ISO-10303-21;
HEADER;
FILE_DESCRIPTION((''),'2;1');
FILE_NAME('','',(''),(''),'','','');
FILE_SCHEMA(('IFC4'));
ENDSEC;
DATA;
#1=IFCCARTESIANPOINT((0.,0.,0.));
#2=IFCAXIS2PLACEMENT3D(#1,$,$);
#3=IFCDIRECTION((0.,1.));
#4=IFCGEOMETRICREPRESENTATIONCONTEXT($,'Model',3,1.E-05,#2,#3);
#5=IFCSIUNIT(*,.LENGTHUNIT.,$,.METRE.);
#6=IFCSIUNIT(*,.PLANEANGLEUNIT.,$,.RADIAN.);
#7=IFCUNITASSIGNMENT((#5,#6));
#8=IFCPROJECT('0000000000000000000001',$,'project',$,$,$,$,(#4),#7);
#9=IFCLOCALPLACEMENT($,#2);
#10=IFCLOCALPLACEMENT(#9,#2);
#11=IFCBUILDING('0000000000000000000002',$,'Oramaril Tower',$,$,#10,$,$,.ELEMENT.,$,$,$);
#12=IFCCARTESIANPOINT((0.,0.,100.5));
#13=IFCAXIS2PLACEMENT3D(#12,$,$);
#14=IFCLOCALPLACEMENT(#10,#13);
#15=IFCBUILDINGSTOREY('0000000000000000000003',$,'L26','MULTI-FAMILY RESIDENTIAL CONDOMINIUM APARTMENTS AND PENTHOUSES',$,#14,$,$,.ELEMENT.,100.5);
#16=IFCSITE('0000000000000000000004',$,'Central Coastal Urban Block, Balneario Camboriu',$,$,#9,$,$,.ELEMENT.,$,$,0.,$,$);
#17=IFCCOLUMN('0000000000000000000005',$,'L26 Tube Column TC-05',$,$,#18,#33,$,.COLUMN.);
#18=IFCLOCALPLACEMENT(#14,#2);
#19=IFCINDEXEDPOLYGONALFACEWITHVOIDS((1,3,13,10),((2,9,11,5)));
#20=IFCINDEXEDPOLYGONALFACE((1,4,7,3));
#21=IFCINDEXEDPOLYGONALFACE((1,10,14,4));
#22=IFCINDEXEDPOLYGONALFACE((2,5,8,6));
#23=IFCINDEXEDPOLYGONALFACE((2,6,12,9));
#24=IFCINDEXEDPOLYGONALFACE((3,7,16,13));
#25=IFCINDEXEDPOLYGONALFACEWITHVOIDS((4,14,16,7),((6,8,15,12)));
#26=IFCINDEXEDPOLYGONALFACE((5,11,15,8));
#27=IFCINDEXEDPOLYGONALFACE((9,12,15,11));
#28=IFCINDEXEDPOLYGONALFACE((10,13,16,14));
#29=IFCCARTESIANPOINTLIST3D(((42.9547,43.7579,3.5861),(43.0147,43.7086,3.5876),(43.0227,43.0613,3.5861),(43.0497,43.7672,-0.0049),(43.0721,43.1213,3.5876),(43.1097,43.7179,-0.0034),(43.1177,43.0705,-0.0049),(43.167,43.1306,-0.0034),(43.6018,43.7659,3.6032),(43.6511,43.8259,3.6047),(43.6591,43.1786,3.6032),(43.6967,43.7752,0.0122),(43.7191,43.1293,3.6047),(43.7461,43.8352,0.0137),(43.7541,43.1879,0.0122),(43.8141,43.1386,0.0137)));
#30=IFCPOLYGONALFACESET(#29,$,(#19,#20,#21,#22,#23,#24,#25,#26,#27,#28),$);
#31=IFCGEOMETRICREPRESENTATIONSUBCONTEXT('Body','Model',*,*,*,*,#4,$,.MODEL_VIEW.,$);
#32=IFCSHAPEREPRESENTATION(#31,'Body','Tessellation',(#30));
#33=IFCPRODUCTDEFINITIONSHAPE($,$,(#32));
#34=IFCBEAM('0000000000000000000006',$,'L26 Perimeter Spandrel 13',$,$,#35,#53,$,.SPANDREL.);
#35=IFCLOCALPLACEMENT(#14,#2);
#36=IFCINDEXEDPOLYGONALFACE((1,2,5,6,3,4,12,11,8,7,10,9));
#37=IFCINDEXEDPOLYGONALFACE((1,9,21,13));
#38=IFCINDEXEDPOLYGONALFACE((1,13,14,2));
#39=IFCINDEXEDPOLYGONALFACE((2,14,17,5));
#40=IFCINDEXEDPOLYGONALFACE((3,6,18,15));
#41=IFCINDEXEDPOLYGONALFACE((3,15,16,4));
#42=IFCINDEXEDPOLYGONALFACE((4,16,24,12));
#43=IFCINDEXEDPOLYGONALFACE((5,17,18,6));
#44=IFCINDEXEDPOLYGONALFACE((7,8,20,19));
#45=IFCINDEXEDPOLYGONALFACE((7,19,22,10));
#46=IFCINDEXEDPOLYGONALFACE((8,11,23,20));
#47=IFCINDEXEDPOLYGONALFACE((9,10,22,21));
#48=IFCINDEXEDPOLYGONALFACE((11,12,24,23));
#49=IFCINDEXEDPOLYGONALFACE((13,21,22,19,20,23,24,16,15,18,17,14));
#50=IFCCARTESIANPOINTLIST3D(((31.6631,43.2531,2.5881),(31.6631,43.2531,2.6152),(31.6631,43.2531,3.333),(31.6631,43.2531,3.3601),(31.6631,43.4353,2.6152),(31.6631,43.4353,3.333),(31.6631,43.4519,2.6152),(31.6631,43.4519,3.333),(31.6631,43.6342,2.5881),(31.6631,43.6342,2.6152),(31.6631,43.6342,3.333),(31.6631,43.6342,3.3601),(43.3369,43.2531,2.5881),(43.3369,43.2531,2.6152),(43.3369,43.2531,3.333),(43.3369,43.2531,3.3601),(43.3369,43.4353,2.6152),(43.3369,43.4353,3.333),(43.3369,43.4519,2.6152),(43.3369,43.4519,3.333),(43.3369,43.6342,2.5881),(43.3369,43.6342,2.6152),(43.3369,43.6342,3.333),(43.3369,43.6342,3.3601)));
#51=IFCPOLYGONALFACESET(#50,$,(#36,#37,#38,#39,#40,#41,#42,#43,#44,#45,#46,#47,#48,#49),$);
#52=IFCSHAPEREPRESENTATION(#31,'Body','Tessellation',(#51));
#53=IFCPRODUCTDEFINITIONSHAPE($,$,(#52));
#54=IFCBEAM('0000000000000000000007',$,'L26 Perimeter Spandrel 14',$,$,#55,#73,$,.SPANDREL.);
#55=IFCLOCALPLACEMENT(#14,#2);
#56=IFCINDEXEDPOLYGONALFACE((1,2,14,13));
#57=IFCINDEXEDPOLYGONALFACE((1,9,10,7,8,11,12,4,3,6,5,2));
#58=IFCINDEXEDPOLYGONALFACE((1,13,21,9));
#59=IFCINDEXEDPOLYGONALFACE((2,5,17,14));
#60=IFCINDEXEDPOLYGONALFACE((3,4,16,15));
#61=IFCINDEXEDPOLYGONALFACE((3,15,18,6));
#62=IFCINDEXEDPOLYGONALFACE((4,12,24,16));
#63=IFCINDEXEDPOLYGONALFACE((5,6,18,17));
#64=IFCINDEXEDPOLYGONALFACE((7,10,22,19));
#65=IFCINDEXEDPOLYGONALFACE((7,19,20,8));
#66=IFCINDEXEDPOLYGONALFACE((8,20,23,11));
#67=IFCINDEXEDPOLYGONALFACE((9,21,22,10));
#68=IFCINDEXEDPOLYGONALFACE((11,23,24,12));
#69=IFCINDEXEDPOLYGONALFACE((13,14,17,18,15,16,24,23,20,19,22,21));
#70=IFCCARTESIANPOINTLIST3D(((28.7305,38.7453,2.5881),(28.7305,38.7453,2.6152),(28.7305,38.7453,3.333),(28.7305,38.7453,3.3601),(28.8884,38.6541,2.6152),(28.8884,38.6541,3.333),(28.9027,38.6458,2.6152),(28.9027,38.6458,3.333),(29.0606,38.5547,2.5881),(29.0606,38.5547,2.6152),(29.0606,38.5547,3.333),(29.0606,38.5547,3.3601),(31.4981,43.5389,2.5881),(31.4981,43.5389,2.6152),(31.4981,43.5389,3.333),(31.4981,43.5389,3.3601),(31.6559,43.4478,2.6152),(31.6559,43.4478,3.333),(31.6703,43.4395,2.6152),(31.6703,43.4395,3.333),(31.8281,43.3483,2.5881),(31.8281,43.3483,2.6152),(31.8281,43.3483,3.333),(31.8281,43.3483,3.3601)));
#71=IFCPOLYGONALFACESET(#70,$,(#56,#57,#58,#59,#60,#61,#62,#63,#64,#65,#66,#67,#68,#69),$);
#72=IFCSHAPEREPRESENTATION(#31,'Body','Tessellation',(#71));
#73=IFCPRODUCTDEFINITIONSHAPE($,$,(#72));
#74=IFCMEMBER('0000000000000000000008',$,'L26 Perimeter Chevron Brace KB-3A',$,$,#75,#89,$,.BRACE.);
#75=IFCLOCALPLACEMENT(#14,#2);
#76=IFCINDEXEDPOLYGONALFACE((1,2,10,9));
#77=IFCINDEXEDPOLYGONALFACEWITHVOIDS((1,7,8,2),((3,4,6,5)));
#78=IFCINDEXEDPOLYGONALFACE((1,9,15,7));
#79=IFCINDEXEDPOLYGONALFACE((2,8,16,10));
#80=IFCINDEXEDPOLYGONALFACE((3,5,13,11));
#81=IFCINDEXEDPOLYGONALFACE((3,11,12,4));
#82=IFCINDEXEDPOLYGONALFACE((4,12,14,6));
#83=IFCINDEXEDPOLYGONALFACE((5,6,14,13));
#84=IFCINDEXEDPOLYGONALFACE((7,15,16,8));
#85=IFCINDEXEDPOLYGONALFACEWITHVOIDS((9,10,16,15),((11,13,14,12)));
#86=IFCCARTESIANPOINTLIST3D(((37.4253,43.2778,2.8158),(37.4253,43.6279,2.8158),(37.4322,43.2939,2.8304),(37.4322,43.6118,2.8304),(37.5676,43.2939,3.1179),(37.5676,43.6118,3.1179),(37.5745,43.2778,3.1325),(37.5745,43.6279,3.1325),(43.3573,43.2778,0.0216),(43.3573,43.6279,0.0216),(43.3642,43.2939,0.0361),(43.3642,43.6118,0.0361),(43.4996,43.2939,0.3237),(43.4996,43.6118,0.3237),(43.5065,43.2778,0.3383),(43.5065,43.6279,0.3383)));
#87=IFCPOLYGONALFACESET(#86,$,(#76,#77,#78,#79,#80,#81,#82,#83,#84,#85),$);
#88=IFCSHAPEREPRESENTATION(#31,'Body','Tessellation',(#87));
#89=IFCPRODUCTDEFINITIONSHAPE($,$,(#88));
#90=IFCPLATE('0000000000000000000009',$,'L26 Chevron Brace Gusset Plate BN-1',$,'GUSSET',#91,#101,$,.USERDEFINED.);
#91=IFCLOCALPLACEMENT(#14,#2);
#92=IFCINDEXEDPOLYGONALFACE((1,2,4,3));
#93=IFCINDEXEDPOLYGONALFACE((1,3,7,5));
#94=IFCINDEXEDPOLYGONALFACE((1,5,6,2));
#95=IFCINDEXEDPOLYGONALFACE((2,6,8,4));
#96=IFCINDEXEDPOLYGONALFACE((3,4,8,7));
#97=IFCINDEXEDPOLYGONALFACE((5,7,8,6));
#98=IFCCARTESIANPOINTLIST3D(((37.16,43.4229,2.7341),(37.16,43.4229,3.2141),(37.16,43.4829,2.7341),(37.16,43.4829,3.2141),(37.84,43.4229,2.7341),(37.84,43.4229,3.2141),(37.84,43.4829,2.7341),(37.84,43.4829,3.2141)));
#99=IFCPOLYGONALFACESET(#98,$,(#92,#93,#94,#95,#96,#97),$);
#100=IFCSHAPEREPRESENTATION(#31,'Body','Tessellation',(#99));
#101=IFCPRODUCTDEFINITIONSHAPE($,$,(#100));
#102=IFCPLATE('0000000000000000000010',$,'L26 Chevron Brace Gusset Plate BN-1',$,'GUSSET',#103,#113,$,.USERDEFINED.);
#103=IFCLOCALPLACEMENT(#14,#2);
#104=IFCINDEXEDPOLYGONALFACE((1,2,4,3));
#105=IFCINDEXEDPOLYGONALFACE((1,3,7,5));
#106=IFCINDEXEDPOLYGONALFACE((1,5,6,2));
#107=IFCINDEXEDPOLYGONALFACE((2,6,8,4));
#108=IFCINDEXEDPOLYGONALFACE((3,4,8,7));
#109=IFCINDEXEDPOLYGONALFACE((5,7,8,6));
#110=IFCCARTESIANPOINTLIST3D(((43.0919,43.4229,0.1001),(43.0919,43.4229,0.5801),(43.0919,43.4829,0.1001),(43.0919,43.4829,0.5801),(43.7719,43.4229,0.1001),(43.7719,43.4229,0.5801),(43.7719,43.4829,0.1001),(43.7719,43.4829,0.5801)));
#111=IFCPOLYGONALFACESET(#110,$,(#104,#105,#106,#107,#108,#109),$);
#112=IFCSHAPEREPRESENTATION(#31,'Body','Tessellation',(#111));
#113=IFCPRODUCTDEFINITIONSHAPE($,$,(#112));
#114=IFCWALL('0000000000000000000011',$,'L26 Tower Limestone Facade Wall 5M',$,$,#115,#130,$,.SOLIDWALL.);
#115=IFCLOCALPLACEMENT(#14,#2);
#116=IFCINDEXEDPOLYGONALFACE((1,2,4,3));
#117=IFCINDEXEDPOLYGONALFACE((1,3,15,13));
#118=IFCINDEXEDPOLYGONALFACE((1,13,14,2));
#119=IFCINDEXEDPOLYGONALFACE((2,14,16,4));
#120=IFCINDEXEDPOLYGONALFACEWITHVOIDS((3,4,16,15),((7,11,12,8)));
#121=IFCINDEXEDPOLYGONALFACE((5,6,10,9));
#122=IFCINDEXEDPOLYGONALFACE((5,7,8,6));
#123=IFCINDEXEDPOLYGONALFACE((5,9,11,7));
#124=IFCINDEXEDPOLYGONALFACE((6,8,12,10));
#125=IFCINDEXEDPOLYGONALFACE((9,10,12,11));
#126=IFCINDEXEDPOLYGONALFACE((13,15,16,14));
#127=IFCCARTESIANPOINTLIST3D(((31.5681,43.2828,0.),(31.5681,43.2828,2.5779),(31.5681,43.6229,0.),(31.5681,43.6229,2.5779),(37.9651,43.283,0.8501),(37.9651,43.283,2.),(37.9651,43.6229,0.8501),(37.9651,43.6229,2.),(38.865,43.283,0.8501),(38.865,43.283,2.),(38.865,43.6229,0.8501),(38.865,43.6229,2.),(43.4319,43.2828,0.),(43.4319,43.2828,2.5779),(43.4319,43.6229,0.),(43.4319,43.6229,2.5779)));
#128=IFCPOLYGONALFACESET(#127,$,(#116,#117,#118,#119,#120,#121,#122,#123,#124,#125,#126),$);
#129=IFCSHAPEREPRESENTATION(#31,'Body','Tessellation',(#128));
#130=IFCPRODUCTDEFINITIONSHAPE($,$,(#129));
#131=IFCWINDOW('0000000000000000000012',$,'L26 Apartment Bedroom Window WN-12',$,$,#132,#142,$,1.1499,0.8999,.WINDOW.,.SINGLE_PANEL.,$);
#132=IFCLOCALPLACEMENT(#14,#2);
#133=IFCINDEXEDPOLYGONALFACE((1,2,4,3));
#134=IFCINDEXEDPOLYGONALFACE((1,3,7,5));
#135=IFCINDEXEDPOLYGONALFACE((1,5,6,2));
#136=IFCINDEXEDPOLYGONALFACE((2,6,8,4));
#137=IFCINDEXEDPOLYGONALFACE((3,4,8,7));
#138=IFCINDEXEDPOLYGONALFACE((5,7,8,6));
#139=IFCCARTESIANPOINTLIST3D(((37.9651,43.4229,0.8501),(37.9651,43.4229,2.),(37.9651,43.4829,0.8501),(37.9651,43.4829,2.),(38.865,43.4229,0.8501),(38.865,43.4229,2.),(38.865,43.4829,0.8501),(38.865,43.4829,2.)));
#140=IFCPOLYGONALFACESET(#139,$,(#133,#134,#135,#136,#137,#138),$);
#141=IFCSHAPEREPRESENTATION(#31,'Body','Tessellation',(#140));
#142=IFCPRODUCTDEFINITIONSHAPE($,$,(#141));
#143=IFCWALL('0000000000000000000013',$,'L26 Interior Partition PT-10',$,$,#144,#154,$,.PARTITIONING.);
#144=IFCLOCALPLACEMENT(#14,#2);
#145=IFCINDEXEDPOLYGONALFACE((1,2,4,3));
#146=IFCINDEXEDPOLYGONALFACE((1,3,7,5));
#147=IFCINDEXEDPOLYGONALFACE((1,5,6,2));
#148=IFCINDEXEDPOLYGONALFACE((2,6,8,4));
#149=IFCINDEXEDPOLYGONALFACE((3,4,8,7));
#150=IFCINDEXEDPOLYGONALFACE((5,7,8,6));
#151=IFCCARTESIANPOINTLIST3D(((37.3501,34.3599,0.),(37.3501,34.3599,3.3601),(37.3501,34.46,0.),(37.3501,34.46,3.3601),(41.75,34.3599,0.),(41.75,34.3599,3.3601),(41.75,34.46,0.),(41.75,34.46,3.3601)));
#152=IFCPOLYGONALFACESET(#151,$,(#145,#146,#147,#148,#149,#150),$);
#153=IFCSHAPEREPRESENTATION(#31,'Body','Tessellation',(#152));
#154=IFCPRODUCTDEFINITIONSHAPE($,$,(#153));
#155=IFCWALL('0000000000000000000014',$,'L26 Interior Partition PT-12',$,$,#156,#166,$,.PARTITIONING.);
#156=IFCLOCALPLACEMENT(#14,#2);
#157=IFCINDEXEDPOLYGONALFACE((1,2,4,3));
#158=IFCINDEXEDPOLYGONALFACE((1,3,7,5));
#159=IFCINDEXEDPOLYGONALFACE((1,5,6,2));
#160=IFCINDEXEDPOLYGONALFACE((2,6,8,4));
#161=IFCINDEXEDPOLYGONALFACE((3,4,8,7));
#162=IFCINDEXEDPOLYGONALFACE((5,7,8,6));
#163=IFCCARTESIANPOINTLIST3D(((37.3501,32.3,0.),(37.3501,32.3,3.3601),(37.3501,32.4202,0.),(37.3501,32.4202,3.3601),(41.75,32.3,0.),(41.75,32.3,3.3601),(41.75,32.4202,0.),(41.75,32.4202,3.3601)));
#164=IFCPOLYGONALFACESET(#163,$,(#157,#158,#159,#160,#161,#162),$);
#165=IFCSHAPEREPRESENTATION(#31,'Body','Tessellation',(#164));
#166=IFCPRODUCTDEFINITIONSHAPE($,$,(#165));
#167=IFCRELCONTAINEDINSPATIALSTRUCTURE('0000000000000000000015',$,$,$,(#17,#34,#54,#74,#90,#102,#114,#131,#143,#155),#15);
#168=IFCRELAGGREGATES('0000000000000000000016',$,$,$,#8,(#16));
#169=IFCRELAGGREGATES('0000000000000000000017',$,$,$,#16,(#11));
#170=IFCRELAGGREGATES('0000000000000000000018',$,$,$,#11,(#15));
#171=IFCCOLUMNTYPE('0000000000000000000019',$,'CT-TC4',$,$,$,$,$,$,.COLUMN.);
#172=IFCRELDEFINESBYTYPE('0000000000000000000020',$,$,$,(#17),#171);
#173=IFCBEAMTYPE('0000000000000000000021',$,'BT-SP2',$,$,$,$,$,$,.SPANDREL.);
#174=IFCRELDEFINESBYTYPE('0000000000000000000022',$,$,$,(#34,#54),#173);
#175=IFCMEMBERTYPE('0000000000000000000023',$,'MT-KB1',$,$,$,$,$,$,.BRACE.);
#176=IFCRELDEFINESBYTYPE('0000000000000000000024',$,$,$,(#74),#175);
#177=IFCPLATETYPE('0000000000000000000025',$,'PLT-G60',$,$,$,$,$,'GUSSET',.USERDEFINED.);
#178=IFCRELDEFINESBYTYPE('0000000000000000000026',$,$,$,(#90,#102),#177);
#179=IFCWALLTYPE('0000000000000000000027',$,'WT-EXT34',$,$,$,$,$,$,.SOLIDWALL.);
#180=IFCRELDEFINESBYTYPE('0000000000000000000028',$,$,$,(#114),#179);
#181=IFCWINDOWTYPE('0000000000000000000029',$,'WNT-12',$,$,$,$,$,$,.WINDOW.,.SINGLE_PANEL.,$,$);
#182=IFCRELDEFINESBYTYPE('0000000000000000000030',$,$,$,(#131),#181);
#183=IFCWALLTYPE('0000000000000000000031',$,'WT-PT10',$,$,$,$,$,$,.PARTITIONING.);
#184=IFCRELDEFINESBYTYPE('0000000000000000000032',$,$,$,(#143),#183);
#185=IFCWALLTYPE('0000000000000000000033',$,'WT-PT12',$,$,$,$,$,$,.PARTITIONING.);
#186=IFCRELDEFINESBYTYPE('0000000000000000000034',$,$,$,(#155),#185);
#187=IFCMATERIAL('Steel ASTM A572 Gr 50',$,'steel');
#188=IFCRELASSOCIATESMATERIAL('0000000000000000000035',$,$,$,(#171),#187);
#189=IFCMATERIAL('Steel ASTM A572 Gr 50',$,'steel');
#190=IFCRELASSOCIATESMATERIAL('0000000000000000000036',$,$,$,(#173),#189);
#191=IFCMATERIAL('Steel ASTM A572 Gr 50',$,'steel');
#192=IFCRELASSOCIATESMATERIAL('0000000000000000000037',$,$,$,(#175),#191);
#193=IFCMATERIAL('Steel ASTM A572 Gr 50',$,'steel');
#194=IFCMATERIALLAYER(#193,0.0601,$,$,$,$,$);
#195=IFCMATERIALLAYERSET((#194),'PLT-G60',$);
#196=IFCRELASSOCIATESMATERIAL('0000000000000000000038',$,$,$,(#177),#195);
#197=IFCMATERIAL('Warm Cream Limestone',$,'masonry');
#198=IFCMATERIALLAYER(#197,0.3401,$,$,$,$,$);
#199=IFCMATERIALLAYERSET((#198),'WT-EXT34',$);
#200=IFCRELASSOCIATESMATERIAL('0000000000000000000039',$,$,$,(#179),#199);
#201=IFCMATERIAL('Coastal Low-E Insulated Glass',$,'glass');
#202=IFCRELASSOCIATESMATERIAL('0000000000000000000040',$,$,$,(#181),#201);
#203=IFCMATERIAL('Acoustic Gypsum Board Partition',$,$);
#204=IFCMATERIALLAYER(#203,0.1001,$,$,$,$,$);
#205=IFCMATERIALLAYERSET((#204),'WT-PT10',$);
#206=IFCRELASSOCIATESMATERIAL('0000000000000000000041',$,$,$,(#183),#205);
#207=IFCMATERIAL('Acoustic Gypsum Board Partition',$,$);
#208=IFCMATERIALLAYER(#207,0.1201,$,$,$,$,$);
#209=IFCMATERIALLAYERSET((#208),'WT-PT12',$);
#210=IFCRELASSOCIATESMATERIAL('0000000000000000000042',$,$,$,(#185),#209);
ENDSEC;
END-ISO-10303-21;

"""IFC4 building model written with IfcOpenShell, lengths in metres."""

from ifc_helpers import new_model, si_unit, direction, frame, frame_2d, origin, origin_2d, place, context, subcontext, project, spatial, rectangle, hollow_rectangle, i_section, extrude, material, layer, layer_set, material_profile, profile_set, type_object, element, fill, save


model = new_model("IFC4")

# Units and contexts
model_context = context("Model", 3, precision=1e-05, world=origin(), true_north=direction((0.0, 1.0)))
body_context = subcontext(model_context, "Body", "Model", "MODEL_VIEW")
ifc_project = project(units=[si_unit("LENGTHUNIT", "METRE"), si_unit("PLANEANGLEUNIT", "RADIAN")], contexts=[model_context])

# Site, building, storey
site_placement = place(None, origin())
site = spatial("IfcSite", under=ifc_project, at=site_placement, Name="Central Coastal Urban Block, Balneario Camboriu", CompositionType="ELEMENT", RefElevation=0.0)
building_placement = place(site_placement, origin())
building = spatial("IfcBuilding", under=site, at=building_placement, Name="Oramaril Tower", CompositionType="ELEMENT")
storey_placement = place(building_placement, frame((0.0, 0.0, 100.5)))
storey = spatial("IfcBuildingStorey", under=building, at=storey_placement, Name="L26", Description="MULTI-FAMILY RESIDENTIAL CONDOMINIUM APARTMENTS AND PENTHOUSES", CompositionType="ELEMENT", Elevation=100.5)

# Column
ifc_material_1 = material(Name="Steel ASTM A572 Gr 50", Category="steel")
ifc_material_profile_1 = material_profile(ifc_material_1, hollow_rectangle(XDim=0.7, YDim=0.7, WallThickness=0.0549, at=origin_2d()), Name="BOX700X700X55")
ifc_profile_set_1 = profile_set([ifc_material_profile_1], Name="Steel ASTM A572 Gr 50")
column_type = type_object("IfcColumnType", Name="CT-TC4", PredefinedType="COLUMN", material=ifc_profile_set_1)
column_placement = place(storey_placement, frame((43.4319, 43.4529, 0.0044), z_axis=(-0.026437, -0.002583, 0.999647), x_axis=(0.097224, -0.995263, 0.0)))
element("IfcColumn", 1, at=column_placement, inside=storey, type_object=column_type, Name="L26 Tube Column TC-05", PredefinedType="COLUMN", context=body_context, shape_type="SweptSolid", body=[
    extrude(hollow_rectangle(XDim=0.7, YDim=0.7, WallThickness=0.0549, at=origin_2d()), origin(), (0.0, 0.0, 1.0), 3.5923),
])

# Beams
ifc_material_2 = material(Name="Steel ASTM A572 Gr 50", Category="steel")
ifc_material_profile_2 = material_profile(ifc_material_2, i_section(OverallWidth=0.3811, OverallDepth=0.772, WebThickness=0.0166, FlangeThickness=0.0271, at=origin_2d()), Name="W30X173")
ifc_profile_set_2 = profile_set([ifc_material_profile_2], Name="Steel ASTM A572 Gr 50")
beam_type = type_object("IfcBeamType", Name="BT-SP2", PredefinedType="SPANDREL", material=ifc_profile_set_2)
beam_1_placement = place(storey_placement, frame((43.3369, 43.4436, 2.9741), z_axis=(-1.0, 0.0, 0.0), x_axis=(0.0, -1.0, 0.0)))
element("IfcBeam", 2, at=beam_1_placement, inside=storey, type_object=beam_type, Name="L26 Perimeter Spandrel 13", PredefinedType="SPANDREL", context=body_context, shape_type="SweptSolid", body=[
    extrude(i_section(OverallWidth=0.3811, OverallDepth=0.772, WebThickness=0.0166, FlangeThickness=0.0271, at=origin_2d()), origin(), (0.0, 0.0, 1.0), 11.6738),
])
beam_2_placement = place(storey_placement, frame((31.6631, 43.4436, 2.9741), z_axis=(-0.499991, -0.866031, 0.0), x_axis=(0.866031, -0.499991, 0.0)))
element("IfcBeam", 3, at=beam_2_placement, inside=storey, type_object=beam_type, Name="L26 Perimeter Spandrel 14", PredefinedType="SPANDREL", context=body_context, shape_type="SweptSolid", body=[
    extrude(i_section(OverallWidth=0.3811, OverallDepth=0.772, WebThickness=0.0166, FlangeThickness=0.0271, at=origin_2d()), origin(), (0.0, 0.0, 1.0), 5.5352),
])

# Member
ifc_material_3 = material(Name="Steel ASTM A572 Gr 50", Category="steel")
ifc_material_profile_3 = material_profile(ifc_material_3, hollow_rectangle(XDim=0.3501, YDim=0.3501, WallThickness=0.0161, at=origin_2d()), Name="HSS350X350X16")
ifc_profile_set_3 = profile_set([ifc_material_profile_3], Name="Steel ASTM A572 Gr 50")
member_type = type_object("IfcMemberType", Name="MT-KB1", PredefinedType="BRACE", material=ifc_profile_set_3)
member_placement = place(storey_placement, frame((43.4319, 43.4529, 0.1799), z_axis=(-0.904659, 0.0, 0.426136), x_axis=(0.0, -1.0, 0.0)))
element("IfcMember", 4, at=member_placement, inside=storey, type_object=member_type, Name="L26 Perimeter Chevron Brace KB-3A", PredefinedType="BRACE", context=body_context, shape_type="SweptSolid", body=[
    extrude(hollow_rectangle(XDim=0.3501, YDim=0.3501, WallThickness=0.0161, at=origin_2d()), origin(), (0.0, 0.0, 1.0), 6.5571),
])

# Plates
ifc_material_4 = material(Name="Steel ASTM A572 Gr 50", Category="steel")
ifc_layer_1 = layer(ifc_material_4, 0.0601)
ifc_layer_set_1 = layer_set([ifc_layer_1], Name="PLT-G60")
plate_type = type_object("IfcPlateType", Name="PLT-G60", ElementType="GUSSET", PredefinedType="USERDEFINED", material=ifc_layer_set_1)
for number, where, z_axis, x_axis, name in (
    (5, (37.5, 43.4529, 2.7341), (0.0, 0.0, 1.0), (-1.0, 0.0, 0.0), "L26 Chevron Brace Gusset Plate BN-1"),
    (6, (43.4319, 43.4529, 0.1001), (0.0, 0.0, 1.0), (-1.0, 0.0, 0.0), "L26 Chevron Brace Gusset Plate BN-1"),
):
    element("IfcPlate", number, at=place(storey_placement, frame(where, z_axis=z_axis, x_axis=x_axis)), inside=storey, type_object=plate_type, Name=name, ObjectType="GUSSET", PredefinedType="USERDEFINED", context=body_context, shape_type="SweptSolid", body=[
        extrude(rectangle(XDim=0.6799, YDim=0.0601, at=origin_2d()), origin(), (0.0, 0.0, 1.0), 0.48),
    ])

# Wall, opening, window
ifc_material_5 = material(Name="Warm Cream Limestone", Category="masonry")
ifc_layer_2 = layer(ifc_material_5, 0.3401)
ifc_layer_set_2 = layer_set([ifc_layer_2], Name="WT-EXT34")
wall_type_1 = type_object("IfcWallType", Name="WT-EXT34", PredefinedType="SOLIDWALL", material=ifc_layer_set_2)
wall_1_placement = place(storey_placement, frame((43.4319, 43.4529, 0.0), z_axis=(0.0, 0.0, 1.0), x_axis=(-1.0, 0.0, 0.0)))
wall_1 = element("IfcWall", 7, at=wall_1_placement, inside=storey, type_object=wall_type_1, Name="L26 Tower Limestone Facade Wall 5M", PredefinedType="SOLIDWALL", context=body_context, shape_type="SweptSolid", body=[
    extrude(rectangle(XDim=11.8638, YDim=0.3401, at=frame_2d((5.9319, 0.0))), origin(), (0.0, 0.0, 1.0), 2.5779),
])
opening_1_placement = place(wall_1_placement, frame((4.5669, 0.0, 0.8501)))
opening_1 = element("IfcOpeningElement", 8, at=opening_1_placement, cuts=wall_1, PredefinedType="OPENING", context=body_context, shape_type="SweptSolid", body=[
    extrude(rectangle(XDim=0.8999, YDim=1.1499, at=frame_2d((0.45, 0.575))), frame((0.0, 0.1699, 0.0), z_axis=(0.0, -1.0, 0.0), x_axis=(1.0, 0.0, 0.0)), (0.0, 0.0, 1.0), 0.3401),
])
ifc_material_6 = material(Name="Coastal Low-E Insulated Glass", Category="glass")
window_type_1 = type_object("IfcWindowType", Name="WNT-12", PartitioningType="SINGLE_PANEL", PredefinedType="WINDOW", material=ifc_material_6)
window_1_placement = place(opening_1_placement, origin())
window_1 = element("IfcWindow", 9, at=window_1_placement, inside=storey, type_object=window_type_1, Name="L26 Apartment Bedroom Window WN-12", OverallHeight=1.1499, OverallWidth=0.8999, PartitioningType="SINGLE_PANEL", PredefinedType="WINDOW", context=body_context, shape_type="SweptSolid", body=[
    extrude(rectangle(XDim=0.8999, YDim=1.1499, at=frame_2d((0.45, 0.575))), frame((0.0, 0.03, 0.0), z_axis=(0.0, -1.0, 0.0), x_axis=(1.0, 0.0, 0.0)), (0.0, 0.0, 1.0), 0.0601),
])
fill(opening_1, window_1)

# Walls
ifc_material_7 = material(Name="Acoustic Gypsum Board Partition")
ifc_layer_3 = layer(ifc_material_7, 0.1001)
ifc_layer_set_3 = layer_set([ifc_layer_3], Name="WT-PT10")
wall_type_2 = type_object("IfcWallType", Name="WT-PT10", PredefinedType="PARTITIONING", material=ifc_layer_set_3)
wall_2_placement = place(storey_placement, frame((37.3501, 34.4099, 0.0), z_axis=(0.0, 0.0, 1.0), x_axis=(1.0, 0.0, 0.0)))
element("IfcWall", 10, at=wall_2_placement, inside=storey, type_object=wall_type_2, Name="L26 Interior Partition PT-10", PredefinedType="PARTITIONING", context=body_context, shape_type="SweptSolid", body=[
    extrude(rectangle(XDim=4.3999, YDim=0.1001, at=frame_2d((2.2, 0.0))), origin(), (0.0, 0.0, 1.0), 3.3601),
])
ifc_material_8 = material(Name="Acoustic Gypsum Board Partition")
ifc_layer_4 = layer(ifc_material_8, 0.1201)
ifc_layer_set_4 = layer_set([ifc_layer_4], Name="WT-PT12")
wall_type_3 = type_object("IfcWallType", Name="WT-PT12", PredefinedType="PARTITIONING", material=ifc_layer_set_4)
wall_3_placement = place(storey_placement, frame((37.3501, 32.3601, 0.0), z_axis=(0.0, 0.0, 1.0), x_axis=(1.0, 0.0, 0.0)))
element("IfcWall", 11, at=wall_3_placement, inside=storey, type_object=wall_type_3, Name="L26 Interior Partition PT-12", PredefinedType="PARTITIONING", context=body_context, shape_type="SweptSolid", body=[
    extrude(rectangle(XDim=4.3999, YDim=0.1201, at=frame_2d((2.2, 0.0))), origin(), (0.0, 0.0, 1.0), 3.3601),
])

save(model, "model.ifc")
